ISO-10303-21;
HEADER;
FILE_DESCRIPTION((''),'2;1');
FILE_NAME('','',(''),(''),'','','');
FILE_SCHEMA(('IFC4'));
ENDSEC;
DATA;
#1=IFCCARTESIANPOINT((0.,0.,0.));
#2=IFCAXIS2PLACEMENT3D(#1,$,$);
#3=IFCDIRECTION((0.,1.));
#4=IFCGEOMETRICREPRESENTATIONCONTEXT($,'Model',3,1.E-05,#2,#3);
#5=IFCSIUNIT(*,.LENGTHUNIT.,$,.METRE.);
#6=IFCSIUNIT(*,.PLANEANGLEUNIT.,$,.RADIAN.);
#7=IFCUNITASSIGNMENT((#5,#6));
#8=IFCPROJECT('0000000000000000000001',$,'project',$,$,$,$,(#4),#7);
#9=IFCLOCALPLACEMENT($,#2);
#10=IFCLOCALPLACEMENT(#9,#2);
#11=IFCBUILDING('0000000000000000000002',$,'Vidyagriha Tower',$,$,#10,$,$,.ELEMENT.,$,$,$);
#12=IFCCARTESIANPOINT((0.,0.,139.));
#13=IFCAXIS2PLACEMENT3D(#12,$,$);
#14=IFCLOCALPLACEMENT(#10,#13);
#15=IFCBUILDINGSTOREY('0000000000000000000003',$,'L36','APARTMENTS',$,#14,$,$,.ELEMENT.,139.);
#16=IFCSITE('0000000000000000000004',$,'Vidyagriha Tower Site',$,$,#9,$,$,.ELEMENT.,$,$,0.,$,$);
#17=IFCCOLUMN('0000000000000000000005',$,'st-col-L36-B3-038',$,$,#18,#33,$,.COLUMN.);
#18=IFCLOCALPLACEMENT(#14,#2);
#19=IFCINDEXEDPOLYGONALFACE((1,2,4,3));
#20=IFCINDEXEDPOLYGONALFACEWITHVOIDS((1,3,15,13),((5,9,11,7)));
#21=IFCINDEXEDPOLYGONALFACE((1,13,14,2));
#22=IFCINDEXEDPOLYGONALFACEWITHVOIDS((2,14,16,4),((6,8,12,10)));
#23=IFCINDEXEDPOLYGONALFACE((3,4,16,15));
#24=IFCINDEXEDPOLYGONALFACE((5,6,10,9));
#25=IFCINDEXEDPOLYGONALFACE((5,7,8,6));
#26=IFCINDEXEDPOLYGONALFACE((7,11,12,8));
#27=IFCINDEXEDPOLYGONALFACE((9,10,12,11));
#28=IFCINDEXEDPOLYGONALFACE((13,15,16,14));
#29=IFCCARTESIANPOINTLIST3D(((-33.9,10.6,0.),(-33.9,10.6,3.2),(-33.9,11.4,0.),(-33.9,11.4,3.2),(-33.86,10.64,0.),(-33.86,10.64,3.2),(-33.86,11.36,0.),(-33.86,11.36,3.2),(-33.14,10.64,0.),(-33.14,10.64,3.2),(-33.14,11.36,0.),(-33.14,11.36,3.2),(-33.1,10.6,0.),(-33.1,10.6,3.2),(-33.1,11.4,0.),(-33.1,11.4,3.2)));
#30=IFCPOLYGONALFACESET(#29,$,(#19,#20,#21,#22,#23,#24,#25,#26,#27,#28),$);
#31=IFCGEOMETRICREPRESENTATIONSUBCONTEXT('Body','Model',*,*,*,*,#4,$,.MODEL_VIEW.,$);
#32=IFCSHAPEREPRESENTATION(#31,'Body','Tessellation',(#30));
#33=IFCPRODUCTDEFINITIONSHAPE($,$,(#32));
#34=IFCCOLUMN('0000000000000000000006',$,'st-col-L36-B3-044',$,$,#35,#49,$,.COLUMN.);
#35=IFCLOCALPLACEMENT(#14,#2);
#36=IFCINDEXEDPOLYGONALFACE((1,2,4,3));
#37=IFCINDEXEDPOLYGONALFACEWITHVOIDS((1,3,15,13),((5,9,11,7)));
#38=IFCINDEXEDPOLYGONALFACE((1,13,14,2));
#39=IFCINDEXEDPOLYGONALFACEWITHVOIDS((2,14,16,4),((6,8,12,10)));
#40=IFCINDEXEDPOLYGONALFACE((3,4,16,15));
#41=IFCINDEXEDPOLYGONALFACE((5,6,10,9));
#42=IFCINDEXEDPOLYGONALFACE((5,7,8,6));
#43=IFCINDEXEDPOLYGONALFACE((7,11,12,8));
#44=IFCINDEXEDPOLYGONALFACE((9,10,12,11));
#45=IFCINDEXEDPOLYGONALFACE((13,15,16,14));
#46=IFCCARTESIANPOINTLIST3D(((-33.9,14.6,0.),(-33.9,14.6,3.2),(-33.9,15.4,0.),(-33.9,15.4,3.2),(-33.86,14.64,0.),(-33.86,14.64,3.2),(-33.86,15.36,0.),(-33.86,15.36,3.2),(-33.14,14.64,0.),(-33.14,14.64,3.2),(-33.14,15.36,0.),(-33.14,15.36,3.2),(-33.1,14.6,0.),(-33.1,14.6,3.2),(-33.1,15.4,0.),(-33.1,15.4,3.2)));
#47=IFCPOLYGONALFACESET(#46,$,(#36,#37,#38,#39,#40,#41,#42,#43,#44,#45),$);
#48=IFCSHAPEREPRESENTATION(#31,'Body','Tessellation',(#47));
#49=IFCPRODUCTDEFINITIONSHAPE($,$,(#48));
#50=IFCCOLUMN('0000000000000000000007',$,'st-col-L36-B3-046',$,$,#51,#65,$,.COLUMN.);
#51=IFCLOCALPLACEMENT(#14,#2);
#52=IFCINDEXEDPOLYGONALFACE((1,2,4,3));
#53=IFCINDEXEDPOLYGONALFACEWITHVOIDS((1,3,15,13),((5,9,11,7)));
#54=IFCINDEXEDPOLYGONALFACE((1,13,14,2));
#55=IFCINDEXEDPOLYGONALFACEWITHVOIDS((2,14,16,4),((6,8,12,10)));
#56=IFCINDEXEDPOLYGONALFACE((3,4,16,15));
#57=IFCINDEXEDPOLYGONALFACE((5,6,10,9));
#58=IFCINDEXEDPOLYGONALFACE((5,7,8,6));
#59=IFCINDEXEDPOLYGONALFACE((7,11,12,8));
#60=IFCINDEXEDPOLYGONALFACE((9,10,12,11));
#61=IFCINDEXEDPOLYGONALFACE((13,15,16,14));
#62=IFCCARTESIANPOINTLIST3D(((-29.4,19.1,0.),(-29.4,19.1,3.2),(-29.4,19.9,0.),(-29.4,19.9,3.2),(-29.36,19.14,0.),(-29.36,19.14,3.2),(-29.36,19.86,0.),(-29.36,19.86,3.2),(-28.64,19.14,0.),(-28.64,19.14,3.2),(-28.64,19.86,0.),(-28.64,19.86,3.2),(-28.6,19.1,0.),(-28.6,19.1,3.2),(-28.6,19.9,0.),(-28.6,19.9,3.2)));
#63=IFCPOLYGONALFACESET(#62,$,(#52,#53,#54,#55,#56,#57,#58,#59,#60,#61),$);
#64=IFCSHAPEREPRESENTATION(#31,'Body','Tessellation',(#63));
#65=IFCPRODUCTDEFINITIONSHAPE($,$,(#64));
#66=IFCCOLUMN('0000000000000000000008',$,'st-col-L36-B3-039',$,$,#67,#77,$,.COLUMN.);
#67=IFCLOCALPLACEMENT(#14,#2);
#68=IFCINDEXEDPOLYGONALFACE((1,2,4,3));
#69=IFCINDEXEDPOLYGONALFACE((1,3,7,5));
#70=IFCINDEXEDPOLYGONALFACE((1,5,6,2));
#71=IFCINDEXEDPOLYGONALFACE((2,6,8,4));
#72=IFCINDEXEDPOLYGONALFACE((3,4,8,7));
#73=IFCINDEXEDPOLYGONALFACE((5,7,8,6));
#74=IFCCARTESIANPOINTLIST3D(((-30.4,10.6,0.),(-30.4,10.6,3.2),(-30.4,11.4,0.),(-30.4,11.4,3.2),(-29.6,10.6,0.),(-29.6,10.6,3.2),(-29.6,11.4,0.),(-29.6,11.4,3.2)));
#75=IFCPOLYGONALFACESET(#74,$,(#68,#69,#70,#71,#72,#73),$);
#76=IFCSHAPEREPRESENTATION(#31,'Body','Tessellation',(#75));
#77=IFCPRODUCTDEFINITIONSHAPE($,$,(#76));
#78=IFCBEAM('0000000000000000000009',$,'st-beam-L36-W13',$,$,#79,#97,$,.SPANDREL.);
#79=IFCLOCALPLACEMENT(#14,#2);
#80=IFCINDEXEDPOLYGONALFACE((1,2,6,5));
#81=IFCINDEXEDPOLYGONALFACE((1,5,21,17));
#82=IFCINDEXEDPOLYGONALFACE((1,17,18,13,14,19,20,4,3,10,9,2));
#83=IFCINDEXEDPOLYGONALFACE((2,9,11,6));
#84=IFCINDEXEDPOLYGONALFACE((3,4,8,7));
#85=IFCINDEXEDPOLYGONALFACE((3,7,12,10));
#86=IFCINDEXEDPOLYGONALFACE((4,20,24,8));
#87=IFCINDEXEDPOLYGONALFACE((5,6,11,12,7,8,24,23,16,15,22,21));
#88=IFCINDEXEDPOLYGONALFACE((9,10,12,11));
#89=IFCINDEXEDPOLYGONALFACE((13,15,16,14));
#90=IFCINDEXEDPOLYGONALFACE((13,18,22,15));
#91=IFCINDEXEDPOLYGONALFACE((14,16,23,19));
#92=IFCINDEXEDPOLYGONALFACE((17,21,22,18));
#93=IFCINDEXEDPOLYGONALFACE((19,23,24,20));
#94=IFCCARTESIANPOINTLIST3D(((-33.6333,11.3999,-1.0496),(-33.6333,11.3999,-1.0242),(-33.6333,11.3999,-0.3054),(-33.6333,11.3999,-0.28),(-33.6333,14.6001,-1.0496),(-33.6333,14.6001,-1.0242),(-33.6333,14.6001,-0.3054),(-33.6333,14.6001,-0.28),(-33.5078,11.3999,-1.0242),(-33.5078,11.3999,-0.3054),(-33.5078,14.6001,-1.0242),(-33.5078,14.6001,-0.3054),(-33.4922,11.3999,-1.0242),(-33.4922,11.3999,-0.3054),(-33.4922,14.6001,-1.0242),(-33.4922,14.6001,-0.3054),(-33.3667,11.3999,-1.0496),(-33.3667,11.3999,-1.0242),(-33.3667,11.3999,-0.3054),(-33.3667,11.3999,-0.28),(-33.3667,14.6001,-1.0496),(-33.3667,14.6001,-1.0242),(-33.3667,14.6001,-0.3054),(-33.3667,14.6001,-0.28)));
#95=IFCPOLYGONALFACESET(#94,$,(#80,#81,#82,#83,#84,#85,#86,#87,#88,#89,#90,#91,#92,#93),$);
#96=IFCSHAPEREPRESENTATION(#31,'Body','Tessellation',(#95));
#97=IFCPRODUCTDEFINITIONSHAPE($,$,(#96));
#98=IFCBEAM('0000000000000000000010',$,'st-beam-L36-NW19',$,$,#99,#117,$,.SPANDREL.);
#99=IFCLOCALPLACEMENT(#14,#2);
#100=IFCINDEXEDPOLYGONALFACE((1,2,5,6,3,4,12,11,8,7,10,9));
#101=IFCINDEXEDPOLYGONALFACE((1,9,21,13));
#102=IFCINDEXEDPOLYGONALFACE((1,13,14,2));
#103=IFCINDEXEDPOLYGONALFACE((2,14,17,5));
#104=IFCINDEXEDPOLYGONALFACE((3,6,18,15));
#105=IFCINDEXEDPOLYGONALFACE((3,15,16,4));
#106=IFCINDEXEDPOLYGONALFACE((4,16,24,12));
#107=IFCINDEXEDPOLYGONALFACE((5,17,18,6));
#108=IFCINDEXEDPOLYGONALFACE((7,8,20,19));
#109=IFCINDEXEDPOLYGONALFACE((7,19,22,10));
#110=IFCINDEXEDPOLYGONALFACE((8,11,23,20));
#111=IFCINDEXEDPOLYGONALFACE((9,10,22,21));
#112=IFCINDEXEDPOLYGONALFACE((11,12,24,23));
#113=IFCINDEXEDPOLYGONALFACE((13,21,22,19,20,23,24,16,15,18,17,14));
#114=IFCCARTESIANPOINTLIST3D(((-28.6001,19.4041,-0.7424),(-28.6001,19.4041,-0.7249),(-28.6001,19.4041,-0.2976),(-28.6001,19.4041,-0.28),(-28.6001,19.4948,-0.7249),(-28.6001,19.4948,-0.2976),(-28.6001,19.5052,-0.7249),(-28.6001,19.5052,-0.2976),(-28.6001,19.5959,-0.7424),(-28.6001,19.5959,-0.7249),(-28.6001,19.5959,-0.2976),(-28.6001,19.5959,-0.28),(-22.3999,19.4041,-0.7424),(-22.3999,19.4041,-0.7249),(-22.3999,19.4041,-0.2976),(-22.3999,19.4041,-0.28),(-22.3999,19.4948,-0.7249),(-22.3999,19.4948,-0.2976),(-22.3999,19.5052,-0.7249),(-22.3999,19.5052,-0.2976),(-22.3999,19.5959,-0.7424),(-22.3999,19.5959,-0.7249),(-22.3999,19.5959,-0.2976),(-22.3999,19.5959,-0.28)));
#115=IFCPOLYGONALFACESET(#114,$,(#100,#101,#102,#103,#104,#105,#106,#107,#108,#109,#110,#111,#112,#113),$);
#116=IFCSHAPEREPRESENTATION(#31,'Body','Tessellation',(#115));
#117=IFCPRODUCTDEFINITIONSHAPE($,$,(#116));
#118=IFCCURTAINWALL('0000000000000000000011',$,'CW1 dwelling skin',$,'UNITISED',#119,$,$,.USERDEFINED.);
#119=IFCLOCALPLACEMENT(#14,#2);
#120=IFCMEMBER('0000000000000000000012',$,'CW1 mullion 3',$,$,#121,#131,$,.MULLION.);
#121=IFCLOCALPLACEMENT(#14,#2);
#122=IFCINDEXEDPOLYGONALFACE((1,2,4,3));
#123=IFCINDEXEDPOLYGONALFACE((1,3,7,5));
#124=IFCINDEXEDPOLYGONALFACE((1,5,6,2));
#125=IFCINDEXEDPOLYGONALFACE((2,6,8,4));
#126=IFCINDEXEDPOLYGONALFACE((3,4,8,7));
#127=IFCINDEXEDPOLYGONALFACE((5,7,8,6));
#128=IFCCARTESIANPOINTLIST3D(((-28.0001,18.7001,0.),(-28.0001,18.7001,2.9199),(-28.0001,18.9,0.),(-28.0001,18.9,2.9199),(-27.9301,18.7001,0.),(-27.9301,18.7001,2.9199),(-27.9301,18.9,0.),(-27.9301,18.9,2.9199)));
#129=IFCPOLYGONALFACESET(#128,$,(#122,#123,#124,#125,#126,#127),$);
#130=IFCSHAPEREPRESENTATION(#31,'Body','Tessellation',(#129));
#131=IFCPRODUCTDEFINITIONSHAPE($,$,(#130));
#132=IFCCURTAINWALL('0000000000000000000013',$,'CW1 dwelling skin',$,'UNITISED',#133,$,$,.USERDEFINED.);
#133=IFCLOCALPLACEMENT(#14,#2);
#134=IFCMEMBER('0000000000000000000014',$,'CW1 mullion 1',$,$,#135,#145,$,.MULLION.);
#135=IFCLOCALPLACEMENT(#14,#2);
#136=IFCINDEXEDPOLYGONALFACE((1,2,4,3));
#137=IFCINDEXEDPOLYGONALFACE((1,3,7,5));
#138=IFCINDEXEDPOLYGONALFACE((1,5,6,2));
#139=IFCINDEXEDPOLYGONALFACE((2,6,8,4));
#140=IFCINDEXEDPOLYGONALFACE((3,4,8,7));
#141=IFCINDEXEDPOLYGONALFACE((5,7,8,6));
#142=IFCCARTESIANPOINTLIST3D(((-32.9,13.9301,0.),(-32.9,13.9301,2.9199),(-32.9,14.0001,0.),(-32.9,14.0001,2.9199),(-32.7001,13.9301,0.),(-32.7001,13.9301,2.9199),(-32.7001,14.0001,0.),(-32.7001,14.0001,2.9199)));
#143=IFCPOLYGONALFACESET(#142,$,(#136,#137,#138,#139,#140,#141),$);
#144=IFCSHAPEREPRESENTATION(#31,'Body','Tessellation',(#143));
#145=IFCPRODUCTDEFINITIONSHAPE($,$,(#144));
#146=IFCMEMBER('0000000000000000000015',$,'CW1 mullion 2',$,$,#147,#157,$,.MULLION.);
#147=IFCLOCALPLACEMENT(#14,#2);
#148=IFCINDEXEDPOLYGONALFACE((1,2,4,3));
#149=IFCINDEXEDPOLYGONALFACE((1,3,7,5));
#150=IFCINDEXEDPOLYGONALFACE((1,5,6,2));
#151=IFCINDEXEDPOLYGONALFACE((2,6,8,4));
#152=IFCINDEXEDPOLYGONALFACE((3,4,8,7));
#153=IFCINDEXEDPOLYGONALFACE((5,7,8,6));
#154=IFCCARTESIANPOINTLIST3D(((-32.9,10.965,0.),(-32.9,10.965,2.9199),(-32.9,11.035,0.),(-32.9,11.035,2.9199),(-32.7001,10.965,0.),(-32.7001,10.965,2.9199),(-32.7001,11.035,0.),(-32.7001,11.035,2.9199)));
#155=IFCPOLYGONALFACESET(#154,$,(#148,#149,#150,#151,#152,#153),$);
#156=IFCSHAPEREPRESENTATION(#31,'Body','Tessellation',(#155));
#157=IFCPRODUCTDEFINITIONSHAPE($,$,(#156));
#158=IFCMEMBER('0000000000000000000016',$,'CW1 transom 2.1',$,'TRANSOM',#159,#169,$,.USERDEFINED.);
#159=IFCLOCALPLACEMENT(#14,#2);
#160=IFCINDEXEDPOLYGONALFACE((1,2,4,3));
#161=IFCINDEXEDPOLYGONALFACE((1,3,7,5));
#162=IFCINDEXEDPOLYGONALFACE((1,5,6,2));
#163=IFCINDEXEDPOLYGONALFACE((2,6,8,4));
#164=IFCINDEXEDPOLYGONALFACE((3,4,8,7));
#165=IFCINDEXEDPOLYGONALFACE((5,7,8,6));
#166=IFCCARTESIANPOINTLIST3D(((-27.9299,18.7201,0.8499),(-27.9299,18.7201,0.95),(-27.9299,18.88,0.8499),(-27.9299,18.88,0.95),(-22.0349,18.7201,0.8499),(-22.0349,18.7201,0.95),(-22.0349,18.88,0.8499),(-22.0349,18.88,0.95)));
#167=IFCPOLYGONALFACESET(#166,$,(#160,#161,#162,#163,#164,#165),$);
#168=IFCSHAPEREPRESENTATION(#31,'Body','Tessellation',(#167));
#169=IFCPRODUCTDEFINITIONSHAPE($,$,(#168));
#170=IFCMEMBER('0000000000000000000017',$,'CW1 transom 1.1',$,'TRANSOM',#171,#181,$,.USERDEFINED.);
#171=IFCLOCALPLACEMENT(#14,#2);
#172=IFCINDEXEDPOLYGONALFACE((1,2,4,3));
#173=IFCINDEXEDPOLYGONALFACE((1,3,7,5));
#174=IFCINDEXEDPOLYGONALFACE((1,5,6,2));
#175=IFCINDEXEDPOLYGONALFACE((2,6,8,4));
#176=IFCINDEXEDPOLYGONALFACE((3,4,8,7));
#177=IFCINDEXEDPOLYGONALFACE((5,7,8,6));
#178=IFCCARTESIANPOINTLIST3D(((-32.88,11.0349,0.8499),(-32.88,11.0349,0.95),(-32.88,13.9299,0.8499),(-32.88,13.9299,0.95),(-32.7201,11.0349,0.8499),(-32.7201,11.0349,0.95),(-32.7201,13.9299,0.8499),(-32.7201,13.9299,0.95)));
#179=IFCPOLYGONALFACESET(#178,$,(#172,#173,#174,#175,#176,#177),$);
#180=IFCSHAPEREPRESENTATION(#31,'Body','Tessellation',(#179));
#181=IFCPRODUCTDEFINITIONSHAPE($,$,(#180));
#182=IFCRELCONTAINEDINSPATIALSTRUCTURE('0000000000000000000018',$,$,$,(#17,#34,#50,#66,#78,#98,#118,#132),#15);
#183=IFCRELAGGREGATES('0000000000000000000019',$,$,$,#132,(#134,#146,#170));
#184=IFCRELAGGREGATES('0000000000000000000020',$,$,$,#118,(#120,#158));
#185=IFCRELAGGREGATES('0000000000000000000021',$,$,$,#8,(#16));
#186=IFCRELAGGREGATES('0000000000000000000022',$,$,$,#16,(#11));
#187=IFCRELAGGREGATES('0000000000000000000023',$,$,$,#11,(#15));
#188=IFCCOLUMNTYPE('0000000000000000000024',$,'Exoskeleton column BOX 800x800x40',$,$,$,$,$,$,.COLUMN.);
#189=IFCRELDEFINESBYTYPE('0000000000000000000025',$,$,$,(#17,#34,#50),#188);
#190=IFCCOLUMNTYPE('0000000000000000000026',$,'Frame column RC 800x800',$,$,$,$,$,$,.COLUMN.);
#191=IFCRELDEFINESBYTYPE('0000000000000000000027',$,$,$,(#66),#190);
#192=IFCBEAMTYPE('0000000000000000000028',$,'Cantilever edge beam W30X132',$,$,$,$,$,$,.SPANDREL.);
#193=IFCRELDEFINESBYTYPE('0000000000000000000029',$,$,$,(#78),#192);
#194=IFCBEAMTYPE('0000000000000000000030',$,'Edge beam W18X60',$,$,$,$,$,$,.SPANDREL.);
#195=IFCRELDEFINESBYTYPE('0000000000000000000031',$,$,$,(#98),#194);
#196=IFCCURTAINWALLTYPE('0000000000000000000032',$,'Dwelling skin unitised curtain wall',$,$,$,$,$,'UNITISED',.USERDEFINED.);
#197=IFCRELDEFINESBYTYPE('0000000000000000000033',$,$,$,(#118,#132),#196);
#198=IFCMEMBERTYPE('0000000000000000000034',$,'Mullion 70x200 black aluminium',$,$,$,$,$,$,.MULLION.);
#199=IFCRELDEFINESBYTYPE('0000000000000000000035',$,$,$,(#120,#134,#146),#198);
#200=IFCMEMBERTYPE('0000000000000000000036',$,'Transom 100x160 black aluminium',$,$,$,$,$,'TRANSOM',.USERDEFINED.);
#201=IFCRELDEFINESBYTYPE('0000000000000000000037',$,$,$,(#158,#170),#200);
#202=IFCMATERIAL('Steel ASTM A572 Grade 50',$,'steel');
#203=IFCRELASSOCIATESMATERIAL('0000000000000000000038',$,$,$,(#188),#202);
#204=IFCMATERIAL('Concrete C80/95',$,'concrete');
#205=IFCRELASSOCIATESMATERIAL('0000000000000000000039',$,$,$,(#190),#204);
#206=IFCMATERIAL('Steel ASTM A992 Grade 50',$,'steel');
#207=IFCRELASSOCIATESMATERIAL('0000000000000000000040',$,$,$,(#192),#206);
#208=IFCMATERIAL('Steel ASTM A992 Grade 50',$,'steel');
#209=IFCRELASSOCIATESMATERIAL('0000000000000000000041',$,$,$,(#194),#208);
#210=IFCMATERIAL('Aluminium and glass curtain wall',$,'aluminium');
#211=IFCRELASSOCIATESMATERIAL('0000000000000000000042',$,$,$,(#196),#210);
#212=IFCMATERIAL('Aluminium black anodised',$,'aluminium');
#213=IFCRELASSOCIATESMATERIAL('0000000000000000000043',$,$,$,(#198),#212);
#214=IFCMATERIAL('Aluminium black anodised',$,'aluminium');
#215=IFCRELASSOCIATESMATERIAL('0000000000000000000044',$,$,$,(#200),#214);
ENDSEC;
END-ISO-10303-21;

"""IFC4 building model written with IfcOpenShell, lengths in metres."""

from ifc_helpers import new_model, si_unit, direction, frame, origin, origin_2d, place, context, subcontext, project, spatial, rectangle, hollow_rectangle, i_section, extrude, material, material_profile, profile_set, type_object, element, aggregate, save


model = new_model("IFC4")

# Units and contexts
model_context = context("Model", 3, precision=1e-05, world=origin(), true_north=direction((0.0, 1.0)))
body_context = subcontext(model_context, "Body", "Model", "MODEL_VIEW")
ifc_project = project(units=[si_unit("LENGTHUNIT", "METRE"), si_unit("PLANEANGLEUNIT", "RADIAN")], contexts=[model_context])

# Site, building, storey
site_placement = place(None, origin())
site = spatial("IfcSite", under=ifc_project, at=site_placement, Name="Vidyagriha Tower Site", CompositionType="ELEMENT", RefElevation=0.0)
building_placement = place(site_placement, origin())
building = spatial("IfcBuilding", under=site, at=building_placement, Name="Vidyagriha Tower", CompositionType="ELEMENT")
storey_placement = place(building_placement, frame((0.0, 0.0, 139.0)))
storey = spatial("IfcBuildingStorey", under=building, at=storey_placement, Name="L36", Description="APARTMENTS", CompositionType="ELEMENT", Elevation=139.0)

# Columns
ifc_material_1 = material(Name="Steel ASTM A572 Grade 50", Category="steel")
ifc_material_profile_1 = material_profile(ifc_material_1, hollow_rectangle(XDim=0.8, YDim=0.8, WallThickness=0.04, at=origin_2d()), Name="BOX 800x800x40")
ifc_profile_set_1 = profile_set([ifc_material_profile_1], Name="Steel ASTM A572 Grade 50")
column_type_1 = type_object("IfcColumnType", Name="Exoskeleton column BOX 800x800x40", PredefinedType="COLUMN", material=ifc_profile_set_1)
for number, where, name in (
    (1, (-33.5, 11.0, 0.0), "st-col-L36-B3-038"),
    (2, (-33.5, 15.0, 0.0), "st-col-L36-B3-044"),
    (3, (-29.0, 19.5, 0.0), "st-col-L36-B3-046"),
):
    element("IfcColumn", number, at=place(storey_placement, frame(where)), inside=storey, type_object=column_type_1, Name=name, PredefinedType="COLUMN", context=body_context, shape_type="SweptSolid", body=[
        extrude(hollow_rectangle(XDim=0.8, YDim=0.8, WallThickness=0.04, at=origin_2d()), origin(), (0.0, 0.0, 1.0), 3.2),
    ])
ifc_material_2 = material(Name="Concrete C80/95", Category="concrete")
ifc_material_profile_2 = material_profile(ifc_material_2, rectangle(XDim=0.8, YDim=0.8, at=origin_2d()), Name="RC 800x800")
ifc_profile_set_2 = profile_set([ifc_material_profile_2], Name="Concrete C80/95")
column_type_2 = type_object("IfcColumnType", Name="Frame column RC 800x800", PredefinedType="COLUMN", material=ifc_profile_set_2)
column_placement = place(storey_placement, frame((-30.0, 11.0, 0.0)))
element("IfcColumn", 4, at=column_placement, inside=storey, type_object=column_type_2, Name="st-col-L36-B3-039", PredefinedType="COLUMN", context=body_context, shape_type="SweptSolid", body=[
    extrude(rectangle(XDim=0.8, YDim=0.8, at=origin_2d()), origin(), (0.0, 0.0, 1.0), 3.2),
])

# Beams
ifc_material_3 = material(Name="Steel ASTM A992 Grade 50", Category="steel")
ifc_material_profile_3 = material_profile(ifc_material_3, i_section(OverallWidth=0.2666, OverallDepth=0.7695, WebThickness=0.0156, FlangeThickness=0.0254, at=origin_2d()), Name="W30X132")
ifc_profile_set_3 = profile_set([ifc_material_profile_3], Name="Steel ASTM A992 Grade 50")
beam_type_1 = type_object("IfcBeamType", Name="Cantilever edge beam W30X132", PredefinedType="SPANDREL", material=ifc_profile_set_3)
beam_1_placement = place(storey_placement, frame((-33.5, 11.3999, -0.6648), z_axis=(0.0, 1.0, 0.0), x_axis=(-1.0, 0.0, 0.0)))
element("IfcBeam", 5, at=beam_1_placement, inside=storey, type_object=beam_type_1, Name="st-beam-L36-W13", PredefinedType="SPANDREL", context=body_context, shape_type="SweptSolid", body=[
    extrude(i_section(OverallWidth=0.2666, OverallDepth=0.7695, WebThickness=0.0156, FlangeThickness=0.0254, at=origin_2d()), origin(), (0.0, 0.0, 1.0), 3.2002),
])
ifc_material_4 = material(Name="Steel ASTM A992 Grade 50", Category="steel")
ifc_material_profile_4 = material_profile(ifc_material_4, i_section(OverallWidth=0.1919, OverallDepth=0.4624, WebThickness=0.0105, FlangeThickness=0.0176, at=origin_2d()), Name="W18X60")
ifc_profile_set_4 = profile_set([ifc_material_profile_4], Name="Steel ASTM A992 Grade 50")
beam_type_2 = type_object("IfcBeamType", Name="Edge beam W18X60", PredefinedType="SPANDREL", material=ifc_profile_set_4)
beam_2_placement = place(storey_placement, frame((-28.6001, 19.5, -0.5112), z_axis=(1.0, 0.0, 0.0), x_axis=(0.0, 1.0, 0.0)))
element("IfcBeam", 6, at=beam_2_placement, inside=storey, type_object=beam_type_2, Name="st-beam-L36-NW19", PredefinedType="SPANDREL", context=body_context, shape_type="SweptSolid", body=[
    extrude(i_section(OverallWidth=0.1919, OverallDepth=0.4624, WebThickness=0.0105, FlangeThickness=0.0176, at=origin_2d()), origin(), (0.0, 0.0, 1.0), 6.2002),
])

# Curtain wall, member
ifc_material_5 = material(Name="Aluminium and glass curtain wall", Category="aluminium")
curtain_wall_type = type_object("IfcCurtainWallType", Name="Dwelling skin unitised curtain wall", ElementType="UNITISED", PredefinedType="USERDEFINED", material=ifc_material_5)
curtain_wall_1_placement = place(storey_placement, origin())
curtain_wall_1 = element("IfcCurtainWall", 7, at=curtain_wall_1_placement, inside=storey, type_object=curtain_wall_type, Name="CW1 dwelling skin", ObjectType="UNITISED", PredefinedType="USERDEFINED")
ifc_material_6 = material(Name="Aluminium black anodised", Category="aluminium")
ifc_material_profile_5 = material_profile(ifc_material_6, rectangle(XDim=0.2, YDim=0.0701, at=origin_2d()), Name="Mullion 70x200 black aluminium")
ifc_profile_set_5 = profile_set([ifc_material_profile_5], Name="Aluminium black anodised")
member_type_1 = type_object("IfcMemberType", Name="Mullion 70x200 black aluminium", PredefinedType="MULLION", material=ifc_profile_set_5)
member_1_placement = place(storey_placement, frame((-27.9651, 18.8, 0.0), z_axis=(0.0, 0.0, 1.0), x_axis=(0.0, -1.0, 0.0)))
member_1 = element("IfcMember", 8, at=member_1_placement, type_object=member_type_1, Name="CW1 mullion 3", PredefinedType="MULLION", context=body_context, shape_type="SweptSolid", body=[
    extrude(rectangle(XDim=0.2, YDim=0.0701, at=origin_2d()), origin(), (0.0, 0.0, 1.0), 2.9199),
])

# Curtain wall, members
curtain_wall_2_placement = place(storey_placement, origin())
curtain_wall_2 = element("IfcCurtainWall", 9, at=curtain_wall_2_placement, inside=storey, type_object=curtain_wall_type, Name="CW1 dwelling skin", ObjectType="UNITISED", PredefinedType="USERDEFINED")
member_2_placement = place(storey_placement, frame((-32.8, 13.9651, 0.0)))
member_2 = element("IfcMember", 10, at=member_2_placement, type_object=member_type_1, Name="CW1 mullion 1", PredefinedType="MULLION", context=body_context, shape_type="SweptSolid", body=[
    extrude(rectangle(XDim=0.2, YDim=0.0701, at=origin_2d()), origin(), (0.0, 0.0, 1.0), 2.9199),
])
member_3_placement = place(storey_placement, frame((-32.8, 11.0, 0.0)))
member_3 = element("IfcMember", 11, at=member_3_placement, type_object=member_type_1, Name="CW1 mullion 2", PredefinedType="MULLION", context=body_context, shape_type="SweptSolid", body=[
    extrude(rectangle(XDim=0.2, YDim=0.0701, at=origin_2d()), origin(), (0.0, 0.0, 1.0), 2.9199),
])

# Members
ifc_material_7 = material(Name="Aluminium black anodised", Category="aluminium")
ifc_material_profile_6 = material_profile(ifc_material_7, rectangle(XDim=0.1599, YDim=0.1001, at=origin_2d()), Name="Transom 100x160 black aluminium")
ifc_profile_set_6 = profile_set([ifc_material_profile_6], Name="Aluminium black anodised")
member_type_2 = type_object("IfcMemberType", Name="Transom 100x160 black aluminium", ElementType="TRANSOM", PredefinedType="USERDEFINED", material=ifc_profile_set_6)
member_4_placement = place(storey_placement, frame((-22.0349, 18.8, 0.8999), z_axis=(-1.0, 0.0, 0.0), x_axis=(0.0, -1.0, 0.0)))
member_4 = element("IfcMember", 12, at=member_4_placement, type_object=member_type_2, Name="CW1 transom 2.1", ObjectType="TRANSOM", PredefinedType="USERDEFINED", context=body_context, shape_type="SweptSolid", body=[
    extrude(rectangle(XDim=0.1599, YDim=0.1001, at=origin_2d()), origin(), (0.0, 0.0, 1.0), 5.895),
])
member_5_placement = place(storey_placement, frame((-32.8, 13.9299, 0.8999), z_axis=(0.0, -1.0, 0.0), x_axis=(1.0, 0.0, 0.0)))
member_5 = element("IfcMember", 13, at=member_5_placement, type_object=member_type_2, Name="CW1 transom 1.1", ObjectType="TRANSOM", PredefinedType="USERDEFINED", context=body_context, shape_type="SweptSolid", body=[
    extrude(rectangle(XDim=0.1599, YDim=0.1001, at=origin_2d()), origin(), (0.0, 0.0, 1.0), 2.895),
])

aggregate(curtain_wall_2, [member_2, member_3, member_5])
aggregate(curtain_wall_1, [member_1, member_4])

save(model, "model.ifc")
